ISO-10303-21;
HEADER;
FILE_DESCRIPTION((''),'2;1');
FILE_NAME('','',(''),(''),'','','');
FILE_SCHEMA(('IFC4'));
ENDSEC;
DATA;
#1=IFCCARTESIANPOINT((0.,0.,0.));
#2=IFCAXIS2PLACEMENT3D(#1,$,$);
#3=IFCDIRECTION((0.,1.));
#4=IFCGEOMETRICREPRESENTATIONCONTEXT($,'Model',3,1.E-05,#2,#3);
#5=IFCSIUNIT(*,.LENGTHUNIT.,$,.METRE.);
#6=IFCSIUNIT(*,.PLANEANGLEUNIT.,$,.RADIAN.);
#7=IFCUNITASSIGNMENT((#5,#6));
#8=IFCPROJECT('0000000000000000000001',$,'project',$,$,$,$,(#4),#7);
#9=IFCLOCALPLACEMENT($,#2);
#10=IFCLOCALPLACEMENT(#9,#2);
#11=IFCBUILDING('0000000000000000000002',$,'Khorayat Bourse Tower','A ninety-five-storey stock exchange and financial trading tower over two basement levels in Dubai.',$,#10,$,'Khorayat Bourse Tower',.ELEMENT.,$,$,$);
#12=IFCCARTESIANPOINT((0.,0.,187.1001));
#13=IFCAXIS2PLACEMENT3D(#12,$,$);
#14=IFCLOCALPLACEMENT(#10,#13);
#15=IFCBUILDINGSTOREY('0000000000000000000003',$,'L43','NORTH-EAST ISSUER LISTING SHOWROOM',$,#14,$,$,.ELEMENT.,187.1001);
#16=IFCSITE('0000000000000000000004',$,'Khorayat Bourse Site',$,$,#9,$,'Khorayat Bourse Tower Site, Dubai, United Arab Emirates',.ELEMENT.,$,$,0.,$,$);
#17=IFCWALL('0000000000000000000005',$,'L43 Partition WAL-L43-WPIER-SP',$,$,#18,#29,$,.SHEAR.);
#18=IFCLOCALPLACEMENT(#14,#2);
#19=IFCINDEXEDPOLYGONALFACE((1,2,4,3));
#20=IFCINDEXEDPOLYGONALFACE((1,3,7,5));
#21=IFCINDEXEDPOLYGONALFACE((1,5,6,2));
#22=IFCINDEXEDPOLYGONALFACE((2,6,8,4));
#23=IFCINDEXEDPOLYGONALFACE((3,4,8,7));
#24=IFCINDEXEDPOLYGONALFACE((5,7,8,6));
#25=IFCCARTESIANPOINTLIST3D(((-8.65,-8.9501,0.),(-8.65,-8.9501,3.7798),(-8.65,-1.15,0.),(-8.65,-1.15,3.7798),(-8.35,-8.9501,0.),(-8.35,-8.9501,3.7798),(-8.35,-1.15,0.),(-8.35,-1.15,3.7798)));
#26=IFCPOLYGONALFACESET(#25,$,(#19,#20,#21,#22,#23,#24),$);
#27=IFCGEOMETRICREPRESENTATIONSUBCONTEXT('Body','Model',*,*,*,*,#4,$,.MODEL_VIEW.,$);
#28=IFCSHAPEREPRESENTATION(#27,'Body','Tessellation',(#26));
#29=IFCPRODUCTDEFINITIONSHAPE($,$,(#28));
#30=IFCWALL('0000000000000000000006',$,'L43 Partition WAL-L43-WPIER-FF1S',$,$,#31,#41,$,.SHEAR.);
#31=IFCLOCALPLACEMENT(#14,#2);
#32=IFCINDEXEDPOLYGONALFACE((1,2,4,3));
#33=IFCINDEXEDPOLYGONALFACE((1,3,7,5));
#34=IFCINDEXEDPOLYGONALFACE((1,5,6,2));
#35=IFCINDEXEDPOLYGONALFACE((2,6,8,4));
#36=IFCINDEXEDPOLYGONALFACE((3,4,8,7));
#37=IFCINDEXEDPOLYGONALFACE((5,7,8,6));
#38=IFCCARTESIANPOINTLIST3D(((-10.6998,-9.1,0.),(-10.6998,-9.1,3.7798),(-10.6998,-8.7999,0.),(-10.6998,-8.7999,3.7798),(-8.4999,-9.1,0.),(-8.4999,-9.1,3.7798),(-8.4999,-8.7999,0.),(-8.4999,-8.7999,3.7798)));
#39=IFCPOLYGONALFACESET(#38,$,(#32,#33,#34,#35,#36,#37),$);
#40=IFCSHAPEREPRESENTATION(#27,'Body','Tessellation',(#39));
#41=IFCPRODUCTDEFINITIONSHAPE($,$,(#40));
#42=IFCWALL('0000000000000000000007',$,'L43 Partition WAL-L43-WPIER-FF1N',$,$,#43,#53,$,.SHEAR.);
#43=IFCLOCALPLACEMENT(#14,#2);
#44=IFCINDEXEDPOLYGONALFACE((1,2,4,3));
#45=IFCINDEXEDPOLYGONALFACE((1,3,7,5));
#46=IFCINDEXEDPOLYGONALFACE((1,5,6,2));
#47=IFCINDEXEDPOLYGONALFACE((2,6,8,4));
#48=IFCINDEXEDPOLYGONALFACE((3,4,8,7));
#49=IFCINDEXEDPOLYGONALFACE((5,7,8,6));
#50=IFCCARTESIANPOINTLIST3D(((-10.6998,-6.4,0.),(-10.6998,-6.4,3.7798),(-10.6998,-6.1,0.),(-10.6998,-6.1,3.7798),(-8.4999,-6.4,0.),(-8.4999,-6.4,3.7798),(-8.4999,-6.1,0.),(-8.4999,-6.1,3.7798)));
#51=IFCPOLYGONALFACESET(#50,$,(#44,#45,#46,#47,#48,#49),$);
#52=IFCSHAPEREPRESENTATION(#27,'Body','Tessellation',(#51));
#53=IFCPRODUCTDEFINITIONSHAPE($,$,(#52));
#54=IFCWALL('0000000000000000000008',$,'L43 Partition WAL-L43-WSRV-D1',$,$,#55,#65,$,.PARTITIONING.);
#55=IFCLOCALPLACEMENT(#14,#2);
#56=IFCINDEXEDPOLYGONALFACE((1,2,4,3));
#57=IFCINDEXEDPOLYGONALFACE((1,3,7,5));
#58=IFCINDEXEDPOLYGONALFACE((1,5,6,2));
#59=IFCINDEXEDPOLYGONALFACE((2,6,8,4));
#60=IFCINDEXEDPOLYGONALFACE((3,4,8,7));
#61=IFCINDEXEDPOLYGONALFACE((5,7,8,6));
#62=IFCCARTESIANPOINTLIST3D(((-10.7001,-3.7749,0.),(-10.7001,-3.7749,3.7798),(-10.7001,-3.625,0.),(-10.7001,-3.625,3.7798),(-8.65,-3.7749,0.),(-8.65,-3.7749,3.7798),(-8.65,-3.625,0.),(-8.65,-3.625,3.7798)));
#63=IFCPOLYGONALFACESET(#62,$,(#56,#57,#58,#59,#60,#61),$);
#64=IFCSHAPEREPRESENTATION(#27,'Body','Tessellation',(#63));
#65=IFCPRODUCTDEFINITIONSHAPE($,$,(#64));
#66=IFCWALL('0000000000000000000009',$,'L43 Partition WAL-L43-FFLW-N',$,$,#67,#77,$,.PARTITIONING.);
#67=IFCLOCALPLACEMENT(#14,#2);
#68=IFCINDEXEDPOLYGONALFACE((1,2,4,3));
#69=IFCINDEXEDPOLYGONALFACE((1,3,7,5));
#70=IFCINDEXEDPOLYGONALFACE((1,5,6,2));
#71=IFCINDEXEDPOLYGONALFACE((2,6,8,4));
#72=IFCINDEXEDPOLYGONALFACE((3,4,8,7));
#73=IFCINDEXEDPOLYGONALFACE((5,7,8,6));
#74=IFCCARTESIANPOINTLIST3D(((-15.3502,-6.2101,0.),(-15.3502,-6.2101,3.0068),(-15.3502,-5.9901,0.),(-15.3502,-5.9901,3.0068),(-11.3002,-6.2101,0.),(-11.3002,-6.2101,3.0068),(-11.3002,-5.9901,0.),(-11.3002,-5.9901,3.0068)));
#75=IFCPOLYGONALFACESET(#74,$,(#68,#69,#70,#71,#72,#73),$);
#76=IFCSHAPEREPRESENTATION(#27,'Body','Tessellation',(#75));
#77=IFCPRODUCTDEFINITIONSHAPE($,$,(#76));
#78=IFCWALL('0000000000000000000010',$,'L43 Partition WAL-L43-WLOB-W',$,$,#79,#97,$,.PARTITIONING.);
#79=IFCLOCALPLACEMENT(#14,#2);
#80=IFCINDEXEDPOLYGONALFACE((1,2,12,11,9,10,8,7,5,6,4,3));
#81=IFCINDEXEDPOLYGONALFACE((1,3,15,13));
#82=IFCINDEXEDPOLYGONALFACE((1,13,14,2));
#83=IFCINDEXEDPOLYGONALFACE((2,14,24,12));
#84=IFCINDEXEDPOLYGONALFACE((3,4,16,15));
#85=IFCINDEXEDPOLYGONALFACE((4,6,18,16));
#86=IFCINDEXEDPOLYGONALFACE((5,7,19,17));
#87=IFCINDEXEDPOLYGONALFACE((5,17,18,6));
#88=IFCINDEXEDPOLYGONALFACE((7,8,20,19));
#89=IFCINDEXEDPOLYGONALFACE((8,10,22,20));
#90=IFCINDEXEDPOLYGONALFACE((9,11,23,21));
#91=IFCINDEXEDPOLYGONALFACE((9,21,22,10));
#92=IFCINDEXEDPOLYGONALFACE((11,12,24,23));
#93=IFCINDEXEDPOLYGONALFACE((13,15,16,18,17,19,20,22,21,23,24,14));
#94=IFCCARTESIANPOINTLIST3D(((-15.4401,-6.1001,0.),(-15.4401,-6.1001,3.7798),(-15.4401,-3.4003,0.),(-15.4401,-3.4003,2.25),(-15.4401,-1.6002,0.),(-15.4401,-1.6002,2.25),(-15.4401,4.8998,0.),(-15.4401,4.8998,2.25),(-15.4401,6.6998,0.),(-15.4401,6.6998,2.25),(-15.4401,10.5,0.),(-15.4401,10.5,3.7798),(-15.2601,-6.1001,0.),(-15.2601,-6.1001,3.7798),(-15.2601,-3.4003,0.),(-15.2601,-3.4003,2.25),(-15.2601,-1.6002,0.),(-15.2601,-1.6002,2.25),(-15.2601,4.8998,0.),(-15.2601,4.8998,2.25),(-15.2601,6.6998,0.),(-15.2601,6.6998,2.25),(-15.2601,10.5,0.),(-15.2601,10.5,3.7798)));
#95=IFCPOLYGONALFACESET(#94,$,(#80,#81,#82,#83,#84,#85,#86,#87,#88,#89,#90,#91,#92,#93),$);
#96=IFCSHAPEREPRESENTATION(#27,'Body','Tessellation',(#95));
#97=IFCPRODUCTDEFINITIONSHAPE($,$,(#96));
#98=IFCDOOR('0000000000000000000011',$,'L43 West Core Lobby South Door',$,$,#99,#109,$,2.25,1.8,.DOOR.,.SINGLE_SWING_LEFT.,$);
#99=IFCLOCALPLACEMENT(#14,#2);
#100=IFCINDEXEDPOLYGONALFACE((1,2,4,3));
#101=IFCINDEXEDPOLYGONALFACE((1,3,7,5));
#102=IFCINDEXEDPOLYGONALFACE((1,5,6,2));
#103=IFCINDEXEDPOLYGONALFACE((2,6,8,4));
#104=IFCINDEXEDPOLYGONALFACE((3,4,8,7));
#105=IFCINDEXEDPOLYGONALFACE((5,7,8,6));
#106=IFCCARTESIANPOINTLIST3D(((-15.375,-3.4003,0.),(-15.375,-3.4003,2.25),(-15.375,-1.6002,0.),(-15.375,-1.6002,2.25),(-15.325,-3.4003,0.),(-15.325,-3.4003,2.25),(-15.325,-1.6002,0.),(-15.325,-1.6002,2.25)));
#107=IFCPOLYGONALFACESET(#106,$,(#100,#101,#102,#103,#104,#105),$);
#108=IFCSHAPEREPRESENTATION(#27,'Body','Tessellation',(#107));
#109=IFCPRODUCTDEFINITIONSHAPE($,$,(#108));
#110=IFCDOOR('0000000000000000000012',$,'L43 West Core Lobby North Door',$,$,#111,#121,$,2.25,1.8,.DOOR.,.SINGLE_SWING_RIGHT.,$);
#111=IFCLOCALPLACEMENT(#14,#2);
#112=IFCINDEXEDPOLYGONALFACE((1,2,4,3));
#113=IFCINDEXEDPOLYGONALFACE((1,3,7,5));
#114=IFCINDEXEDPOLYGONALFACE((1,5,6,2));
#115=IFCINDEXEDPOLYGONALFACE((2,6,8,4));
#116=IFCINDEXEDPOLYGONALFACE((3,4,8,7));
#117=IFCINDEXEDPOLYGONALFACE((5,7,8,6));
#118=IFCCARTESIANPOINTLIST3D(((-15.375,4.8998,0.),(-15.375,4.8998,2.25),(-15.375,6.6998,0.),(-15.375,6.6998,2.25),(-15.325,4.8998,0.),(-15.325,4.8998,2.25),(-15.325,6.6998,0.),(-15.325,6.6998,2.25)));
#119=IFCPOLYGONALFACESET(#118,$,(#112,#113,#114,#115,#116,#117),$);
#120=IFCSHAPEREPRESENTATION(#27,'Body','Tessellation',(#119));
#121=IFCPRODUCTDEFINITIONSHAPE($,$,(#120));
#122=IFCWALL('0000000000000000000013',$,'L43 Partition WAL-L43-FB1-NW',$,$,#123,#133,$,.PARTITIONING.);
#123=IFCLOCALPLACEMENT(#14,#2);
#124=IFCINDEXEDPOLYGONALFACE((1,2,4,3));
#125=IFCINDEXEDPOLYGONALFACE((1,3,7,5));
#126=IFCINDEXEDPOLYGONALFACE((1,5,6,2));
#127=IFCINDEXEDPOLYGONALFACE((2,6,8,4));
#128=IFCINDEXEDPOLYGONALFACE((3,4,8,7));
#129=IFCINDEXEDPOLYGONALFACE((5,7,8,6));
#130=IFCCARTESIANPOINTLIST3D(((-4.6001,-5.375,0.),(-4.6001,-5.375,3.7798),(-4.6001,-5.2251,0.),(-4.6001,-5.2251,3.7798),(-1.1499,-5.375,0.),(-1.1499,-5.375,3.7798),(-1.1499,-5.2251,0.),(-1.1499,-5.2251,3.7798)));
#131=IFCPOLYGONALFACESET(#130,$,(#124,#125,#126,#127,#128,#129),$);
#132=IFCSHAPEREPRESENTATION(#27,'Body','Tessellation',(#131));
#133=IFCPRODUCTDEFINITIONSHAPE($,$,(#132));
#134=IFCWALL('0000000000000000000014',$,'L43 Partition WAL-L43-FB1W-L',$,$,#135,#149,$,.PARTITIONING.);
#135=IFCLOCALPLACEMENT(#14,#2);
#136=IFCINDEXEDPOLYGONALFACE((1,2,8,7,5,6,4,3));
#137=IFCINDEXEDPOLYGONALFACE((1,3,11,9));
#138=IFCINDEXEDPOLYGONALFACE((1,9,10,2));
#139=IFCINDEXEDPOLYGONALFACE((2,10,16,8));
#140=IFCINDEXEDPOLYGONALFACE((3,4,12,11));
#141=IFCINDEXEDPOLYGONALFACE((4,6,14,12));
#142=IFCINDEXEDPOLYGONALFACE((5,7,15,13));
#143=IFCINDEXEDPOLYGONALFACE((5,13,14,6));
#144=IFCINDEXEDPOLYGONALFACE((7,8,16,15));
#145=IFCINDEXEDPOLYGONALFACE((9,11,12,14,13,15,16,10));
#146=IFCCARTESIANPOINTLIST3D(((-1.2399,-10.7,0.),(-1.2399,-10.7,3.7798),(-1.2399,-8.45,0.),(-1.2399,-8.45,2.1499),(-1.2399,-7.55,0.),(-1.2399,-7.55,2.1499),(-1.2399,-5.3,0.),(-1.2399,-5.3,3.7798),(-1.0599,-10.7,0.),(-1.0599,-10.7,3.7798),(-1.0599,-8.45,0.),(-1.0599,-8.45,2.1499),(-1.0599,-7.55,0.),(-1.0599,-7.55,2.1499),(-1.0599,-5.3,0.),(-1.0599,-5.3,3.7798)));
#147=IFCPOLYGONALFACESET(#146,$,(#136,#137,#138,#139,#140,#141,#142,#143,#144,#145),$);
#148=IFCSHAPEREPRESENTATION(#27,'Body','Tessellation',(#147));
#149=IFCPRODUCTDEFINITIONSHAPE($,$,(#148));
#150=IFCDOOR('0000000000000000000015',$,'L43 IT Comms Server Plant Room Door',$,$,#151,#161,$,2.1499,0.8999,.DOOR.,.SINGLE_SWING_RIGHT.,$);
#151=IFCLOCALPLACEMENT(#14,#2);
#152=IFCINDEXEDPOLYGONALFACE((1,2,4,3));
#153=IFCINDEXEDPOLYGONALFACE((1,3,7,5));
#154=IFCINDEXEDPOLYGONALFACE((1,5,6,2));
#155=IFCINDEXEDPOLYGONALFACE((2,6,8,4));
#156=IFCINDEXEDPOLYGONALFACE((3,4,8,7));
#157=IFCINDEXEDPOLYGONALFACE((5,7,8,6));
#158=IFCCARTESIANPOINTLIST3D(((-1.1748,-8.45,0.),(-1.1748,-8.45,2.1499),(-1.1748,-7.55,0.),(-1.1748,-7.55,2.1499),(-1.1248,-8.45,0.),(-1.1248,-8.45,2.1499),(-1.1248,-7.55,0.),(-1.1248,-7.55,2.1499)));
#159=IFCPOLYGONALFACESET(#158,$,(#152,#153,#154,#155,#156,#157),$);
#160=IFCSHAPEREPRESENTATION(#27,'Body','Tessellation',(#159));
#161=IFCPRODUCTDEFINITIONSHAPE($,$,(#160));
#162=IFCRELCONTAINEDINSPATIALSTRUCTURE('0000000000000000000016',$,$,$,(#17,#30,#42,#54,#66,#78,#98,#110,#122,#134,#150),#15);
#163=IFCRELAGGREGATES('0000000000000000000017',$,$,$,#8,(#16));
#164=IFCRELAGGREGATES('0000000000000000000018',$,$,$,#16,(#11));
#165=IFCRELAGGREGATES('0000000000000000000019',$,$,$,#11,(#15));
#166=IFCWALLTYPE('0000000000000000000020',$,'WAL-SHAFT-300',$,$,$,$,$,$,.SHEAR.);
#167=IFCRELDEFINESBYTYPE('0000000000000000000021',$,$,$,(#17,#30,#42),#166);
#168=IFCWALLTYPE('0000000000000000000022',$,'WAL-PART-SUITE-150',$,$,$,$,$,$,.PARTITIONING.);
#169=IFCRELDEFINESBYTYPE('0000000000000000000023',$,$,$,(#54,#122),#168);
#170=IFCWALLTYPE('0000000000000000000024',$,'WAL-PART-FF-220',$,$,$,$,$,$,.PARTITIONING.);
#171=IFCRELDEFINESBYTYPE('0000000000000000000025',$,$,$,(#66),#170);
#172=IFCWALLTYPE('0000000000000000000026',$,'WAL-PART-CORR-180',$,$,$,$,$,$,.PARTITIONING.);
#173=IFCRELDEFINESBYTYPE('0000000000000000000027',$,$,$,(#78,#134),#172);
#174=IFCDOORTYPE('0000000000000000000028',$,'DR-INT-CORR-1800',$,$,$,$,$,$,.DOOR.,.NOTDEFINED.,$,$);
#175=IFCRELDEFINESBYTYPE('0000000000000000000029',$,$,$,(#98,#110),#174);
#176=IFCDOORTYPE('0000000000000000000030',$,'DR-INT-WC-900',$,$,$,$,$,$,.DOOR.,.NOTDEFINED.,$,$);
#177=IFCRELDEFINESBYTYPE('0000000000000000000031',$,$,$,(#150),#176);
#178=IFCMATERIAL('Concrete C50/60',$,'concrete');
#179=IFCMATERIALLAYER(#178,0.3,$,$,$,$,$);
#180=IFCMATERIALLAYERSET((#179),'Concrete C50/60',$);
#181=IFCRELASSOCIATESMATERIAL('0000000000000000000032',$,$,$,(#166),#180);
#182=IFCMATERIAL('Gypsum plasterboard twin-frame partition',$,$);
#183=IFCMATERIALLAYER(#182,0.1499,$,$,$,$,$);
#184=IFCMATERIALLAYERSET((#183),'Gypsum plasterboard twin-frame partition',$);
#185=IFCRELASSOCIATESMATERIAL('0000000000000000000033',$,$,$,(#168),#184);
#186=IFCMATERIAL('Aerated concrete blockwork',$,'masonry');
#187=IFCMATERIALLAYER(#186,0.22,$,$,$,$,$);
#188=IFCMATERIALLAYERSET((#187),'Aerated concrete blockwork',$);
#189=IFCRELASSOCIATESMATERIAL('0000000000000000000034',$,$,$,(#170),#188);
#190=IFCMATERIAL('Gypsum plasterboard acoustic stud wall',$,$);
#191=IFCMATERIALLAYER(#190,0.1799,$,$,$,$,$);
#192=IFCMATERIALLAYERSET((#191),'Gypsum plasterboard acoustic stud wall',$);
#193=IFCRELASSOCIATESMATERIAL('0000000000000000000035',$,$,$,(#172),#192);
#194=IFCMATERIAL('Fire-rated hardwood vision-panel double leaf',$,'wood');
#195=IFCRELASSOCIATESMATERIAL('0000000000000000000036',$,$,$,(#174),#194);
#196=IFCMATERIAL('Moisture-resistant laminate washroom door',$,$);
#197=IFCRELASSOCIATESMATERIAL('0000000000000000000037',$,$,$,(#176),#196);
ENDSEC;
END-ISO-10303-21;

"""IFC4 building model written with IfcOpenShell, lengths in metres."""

from ifc_helpers import new_model, si_unit, direction, frame, frame_2d, origin, place, context, subcontext, project, spatial, rectangle, extrude, source, transform, mapped, material, layer, layer_set, type_object, element, fill, save


model = new_model("IFC4")

# Units and contexts
model_context = context("Model", 3, precision=1e-05, world=origin(), true_north=direction((0.0, 1.0)))
body_context = subcontext(model_context, "Body", "Model", "MODEL_VIEW")
ifc_project = project(units=[si_unit("LENGTHUNIT", "METRE"), si_unit("PLANEANGLEUNIT", "RADIAN")], contexts=[model_context])

# Site, building, storey
site_placement = place(None, origin())
site = spatial("IfcSite", under=ifc_project, at=site_placement, Name="Khorayat Bourse Site", LongName="Khorayat Bourse Tower Site, Dubai, United Arab Emirates", CompositionType="ELEMENT", RefElevation=0.0)
building_placement = place(site_placement, origin())
building = spatial("IfcBuilding", under=site, at=building_placement, Name="Khorayat Bourse Tower", Description="A ninety-five-storey stock exchange and financial trading tower over two basement levels in Dubai.", LongName="Khorayat Bourse Tower", CompositionType="ELEMENT")
storey_placement = place(building_placement, frame((0.0, 0.0, 187.1001)))
storey = spatial("IfcBuildingStorey", under=building, at=storey_placement, Name="L43", Description="NORTH-EAST ISSUER LISTING SHOWROOM", CompositionType="ELEMENT", Elevation=187.1001)

# Walls
ifc_material_1 = material(Name="Concrete C50/60", Category="concrete")
ifc_layer_1 = layer(ifc_material_1, 0.3)
ifc_layer_set_1 = layer_set([ifc_layer_1], Name="Concrete C50/60")
wall_type_1 = type_object("IfcWallType", Name="WAL-SHAFT-300", PredefinedType="SHEAR", material=ifc_layer_set_1)
shared_shape_1 = source(origin(), body_context, "Body", "SweptSolid", [
    extrude(rectangle(XDim=7.8, YDim=0.3, at=frame_2d((3.8999, 0.0))), origin(), (0.0, 0.0, 1.0), 3.7798),
])
wall_1_placement = place(storey_placement, frame((-8.5, -8.95, 0.0), z_axis=(0.0, 0.0, 1.0), x_axis=(0.0, 1.0, 0.0)))
element("IfcWall", 1, at=wall_1_placement, inside=storey, type_object=wall_type_1, Name="L43 Partition WAL-L43-WPIER-SP", PredefinedType="SHEAR", context=body_context, shape_type="MappedRepresentation", body=[
    mapped(shared_shape_1, transform((0.0, 0.0, 0.0), scale=1.0)),
])
shared_shape_2 = source(origin(), body_context, "Body", "SweptSolid", [
    extrude(rectangle(XDim=2.2, YDim=0.3, at=frame_2d((1.1001, 0.0))), origin(), (0.0, 0.0, 1.0), 3.7798),
])
for number, where, z_axis, x_axis, name in (
    (2, (-10.7, -8.95, 0.0), (0.0, 0.0, 1.0), (1.0, 0.0, 0.0), "L43 Partition WAL-L43-WPIER-FF1S"),
    (3, (-10.7, -6.25, 0.0), (0.0, 0.0, 1.0), (1.0, 0.0, 0.0), "L43 Partition WAL-L43-WPIER-FF1N"),
):
    element("IfcWall", number, at=place(storey_placement, frame(where, z_axis=z_axis, x_axis=x_axis)), inside=storey, type_object=wall_type_1, Name=name, PredefinedType="SHEAR", context=body_context, shape_type="MappedRepresentation", body=[
        mapped(shared_shape_2, transform((0.0, 0.0, 0.0), scale=1.0)),
    ])
ifc_material_2 = material(Name="Gypsum plasterboard twin-frame partition")
ifc_layer_2 = layer(ifc_material_2, 0.1499)
ifc_layer_set_2 = layer_set([ifc_layer_2], Name="Gypsum plasterboard twin-frame partition")
wall_type_2 = type_object("IfcWallType", Name="WAL-PART-SUITE-150", PredefinedType="PARTITIONING", material=ifc_layer_set_2)
shared_shape_3 = source(origin(), body_context, "Body", "SweptSolid", [
    extrude(rectangle(XDim=2.05, YDim=0.1499, at=frame_2d((1.0249, 0.0))), origin(), (0.0, 0.0, 1.0), 3.7798),
])
wall_2_placement = place(storey_placement, frame((-10.7, -3.7, 0.0), z_axis=(0.0, 0.0, 1.0), x_axis=(1.0, 0.0, 0.0)))
element("IfcWall", 4, at=wall_2_placement, inside=storey, type_object=wall_type_2, Name="L43 Partition WAL-L43-WSRV-D1", PredefinedType="PARTITIONING", context=body_context, shape_type="MappedRepresentation", body=[
    mapped(shared_shape_3, transform((0.0, 0.0, 0.0), scale=1.0)),
])
ifc_material_3 = material(Name="Aerated concrete blockwork", Category="masonry")
ifc_layer_3 = layer(ifc_material_3, 0.22)
ifc_layer_set_3 = layer_set([ifc_layer_3], Name="Aerated concrete blockwork")
wall_type_3 = type_object("IfcWallType", Name="WAL-PART-FF-220", PredefinedType="PARTITIONING", material=ifc_layer_set_3)
shared_shape_4 = source(origin(), body_context, "Body", "SweptSolid", [
    extrude(rectangle(XDim=4.05, YDim=0.22, at=frame_2d((2.0249, 0.0))), origin(), (0.0, 0.0, 1.0), 3.0068),
])
wall_3_placement = place(storey_placement, frame((-15.3501, -6.1001, 0.0), z_axis=(0.0, 0.0, 1.0), x_axis=(1.0, 0.0, 0.0)))
element("IfcWall", 5, at=wall_3_placement, inside=storey, type_object=wall_type_3, Name="L43 Partition WAL-L43-FFLW-N", PredefinedType="PARTITIONING", context=body_context, shape_type="MappedRepresentation", body=[
    mapped(shared_shape_4, transform((0.0, 0.0, 0.0), scale=1.0)),
])

# Wall, openings, doors
ifc_material_4 = material(Name="Gypsum plasterboard acoustic stud wall")
ifc_layer_4 = layer(ifc_material_4, 0.1799)
ifc_layer_set_4 = layer_set([ifc_layer_4], Name="Gypsum plasterboard acoustic stud wall")
wall_type_4 = type_object("IfcWallType", Name="WAL-PART-CORR-180", PredefinedType="PARTITIONING", material=ifc_layer_set_4)
shared_shape_5 = source(origin(), body_context, "Body", "SweptSolid", [
    extrude(rectangle(XDim=16.6001, YDim=0.1799, at=frame_2d((8.3, 0.0))), origin(), (0.0, 0.0, 1.0), 3.7798),
])
wall_4_placement = place(storey_placement, frame((-15.3501, -6.1001, 0.0), z_axis=(0.0, 0.0, 1.0), x_axis=(0.0, 1.0, 0.0)))
wall_4 = element("IfcWall", 6, at=wall_4_placement, inside=storey, type_object=wall_type_4, Name="L43 Partition WAL-L43-WLOB-W", PredefinedType="PARTITIONING", context=body_context, shape_type="MappedRepresentation", body=[
    mapped(shared_shape_5, transform((0.0, 0.0, 0.0), scale=1.0)),
])
shared_shape_6 = source(origin(), body_context, "Body", "SweptSolid", [
    extrude(rectangle(XDim=1.8, YDim=2.25, at=frame_2d((0.8999, 1.125))), frame((0.0, 0.0999, 0.0), z_axis=(0.0, -1.0, 0.0), x_axis=(1.0, 0.0, 0.0)), (0.0, 0.0, 1.0), 0.2),
])
opening_1_placement = place(wall_4_placement, frame((2.7, 0.0, 0.0)))
opening_1 = element("IfcOpeningElement", 7, at=opening_1_placement, cuts=wall_4, PredefinedType="OPENING", context=body_context, shape_type="MappedRepresentation", body=[
    mapped(shared_shape_6, transform((0.0, 0.0, 0.0), scale=1.0)),
])
opening_2_placement = place(wall_4_placement, frame((11.0, 0.0, 0.0)))
opening_2 = element("IfcOpeningElement", 8, at=opening_2_placement, cuts=wall_4, PredefinedType="OPENING", context=body_context, shape_type="MappedRepresentation", body=[
    mapped(shared_shape_6, transform((0.0, 0.0, 0.0), scale=1.0)),
])
ifc_material_5 = material(Name="Fire-rated hardwood vision-panel double leaf", Category="wood")
door_type_1 = type_object("IfcDoorType", Name="DR-INT-CORR-1800", OperationType="NOTDEFINED", PredefinedType="DOOR", material=ifc_material_5)
shared_shape_7 = source(origin(), body_context, "Body", "SweptSolid", [
    extrude(rectangle(XDim=1.8, YDim=2.25, at=frame_2d((0.8999, 1.125))), frame((0.0, 0.0249, 0.0), z_axis=(0.0, -1.0, 0.0), x_axis=(1.0, 0.0, 0.0)), (0.0, 0.0, 1.0), 0.05),
])
door_1_placement = place(opening_1_placement, origin())
door_1 = element("IfcDoor", 9, at=door_1_placement, inside=storey, type_object=door_type_1, Name="L43 West Core Lobby South Door", OperationType="SINGLE_SWING_LEFT", OverallHeight=2.25, OverallWidth=1.8, PredefinedType="DOOR", context=body_context, shape_type="MappedRepresentation", body=[
    mapped(shared_shape_7, transform((0.0, 0.0, 0.0), scale=1.0)),
])
fill(opening_1, door_1)
door_2_placement = place(opening_2_placement, origin())
door_2 = element("IfcDoor", 10, at=door_2_placement, inside=storey, type_object=door_type_1, Name="L43 West Core Lobby North Door", OperationType="SINGLE_SWING_RIGHT", OverallHeight=2.25, OverallWidth=1.8, PredefinedType="DOOR", context=body_context, shape_type="MappedRepresentation", body=[
    mapped(shared_shape_7, transform((0.0, 0.0, 0.0), scale=1.0)),
])
fill(opening_2, door_2)

# Wall
shared_shape_8 = source(origin(), body_context, "Body", "SweptSolid", [
    extrude(rectangle(XDim=3.4502, YDim=0.1499, at=frame_2d((1.7251, 0.0))), origin(), (0.0, 0.0, 1.0), 3.7798),
])
wall_5_placement = place(storey_placement, frame((-4.6001, -5.3, 0.0), z_axis=(0.0, 0.0, 1.0), x_axis=(1.0, 0.0, 0.0)))
element("IfcWall", 11, at=wall_5_placement, inside=storey, type_object=wall_type_2, Name="L43 Partition WAL-L43-FB1-NW", PredefinedType="PARTITIONING", context=body_context, shape_type="MappedRepresentation", body=[
    mapped(shared_shape_8, transform((0.0, 0.0, 0.0), scale=1.0)),
])

# Wall, opening, door
shared_shape_9 = source(origin(), body_context, "Body", "SweptSolid", [
    extrude(rectangle(XDim=5.3999, YDim=0.1799, at=frame_2d((2.7, 0.0))), origin(), (0.0, 0.0, 1.0), 3.7798),
])
wall_6_placement = place(storey_placement, frame((-1.1499, -10.7, 0.0), z_axis=(0.0, 0.0, 1.0), x_axis=(0.0, 1.0, 0.0)))
wall_6 = element("IfcWall", 12, at=wall_6_placement, inside=storey, type_object=wall_type_4, Name="L43 Partition WAL-L43-FB1W-L", PredefinedType="PARTITIONING", context=body_context, shape_type="MappedRepresentation", body=[
    mapped(shared_shape_9, transform((0.0, 0.0, 0.0), scale=1.0)),
])
shared_shape_10 = source(origin(), body_context, "Body", "SweptSolid", [
    extrude(rectangle(XDim=0.8999, YDim=2.1499, at=frame_2d((0.45, 1.075))), frame((0.0, 0.0999, 0.0), z_axis=(0.0, -1.0, 0.0), x_axis=(1.0, 0.0, 0.0)), (0.0, 0.0, 1.0), 0.2),
])
opening_3_placement = place(wall_6_placement, frame((2.25, 0.0, 0.0)))
opening_3 = element("IfcOpeningElement", 13, at=opening_3_placement, cuts=wall_6, PredefinedType="OPENING", context=body_context, shape_type="MappedRepresentation", body=[
    mapped(shared_shape_10, transform((0.0, 0.0, 0.0), scale=1.0)),
])
ifc_material_6 = material(Name="Moisture-resistant laminate washroom door")
door_type_2 = type_object("IfcDoorType", Name="DR-INT-WC-900", OperationType="NOTDEFINED", PredefinedType="DOOR", material=ifc_material_6)
shared_shape_11 = source(origin(), body_context, "Body", "SweptSolid", [
    extrude(rectangle(XDim=0.8999, YDim=2.1499, at=frame_2d((0.45, 1.075))), frame((0.0, 0.0249, 0.0), z_axis=(0.0, -1.0, 0.0), x_axis=(1.0, 0.0, 0.0)), (0.0, 0.0, 1.0), 0.05),
])
door_3_placement = place(opening_3_placement, origin())
door_3 = element("IfcDoor", 14, at=door_3_placement, inside=storey, type_object=door_type_2, Name="L43 IT Comms Server Plant Room Door", OperationType="SINGLE_SWING_RIGHT", OverallHeight=2.1499, OverallWidth=0.8999, PredefinedType="DOOR", context=body_context, shape_type="MappedRepresentation", body=[
    mapped(shared_shape_11, transform((0.0, 0.0, 0.0), scale=1.0)),
])
fill(opening_3, door_3)

save(model, "model.ifc")
